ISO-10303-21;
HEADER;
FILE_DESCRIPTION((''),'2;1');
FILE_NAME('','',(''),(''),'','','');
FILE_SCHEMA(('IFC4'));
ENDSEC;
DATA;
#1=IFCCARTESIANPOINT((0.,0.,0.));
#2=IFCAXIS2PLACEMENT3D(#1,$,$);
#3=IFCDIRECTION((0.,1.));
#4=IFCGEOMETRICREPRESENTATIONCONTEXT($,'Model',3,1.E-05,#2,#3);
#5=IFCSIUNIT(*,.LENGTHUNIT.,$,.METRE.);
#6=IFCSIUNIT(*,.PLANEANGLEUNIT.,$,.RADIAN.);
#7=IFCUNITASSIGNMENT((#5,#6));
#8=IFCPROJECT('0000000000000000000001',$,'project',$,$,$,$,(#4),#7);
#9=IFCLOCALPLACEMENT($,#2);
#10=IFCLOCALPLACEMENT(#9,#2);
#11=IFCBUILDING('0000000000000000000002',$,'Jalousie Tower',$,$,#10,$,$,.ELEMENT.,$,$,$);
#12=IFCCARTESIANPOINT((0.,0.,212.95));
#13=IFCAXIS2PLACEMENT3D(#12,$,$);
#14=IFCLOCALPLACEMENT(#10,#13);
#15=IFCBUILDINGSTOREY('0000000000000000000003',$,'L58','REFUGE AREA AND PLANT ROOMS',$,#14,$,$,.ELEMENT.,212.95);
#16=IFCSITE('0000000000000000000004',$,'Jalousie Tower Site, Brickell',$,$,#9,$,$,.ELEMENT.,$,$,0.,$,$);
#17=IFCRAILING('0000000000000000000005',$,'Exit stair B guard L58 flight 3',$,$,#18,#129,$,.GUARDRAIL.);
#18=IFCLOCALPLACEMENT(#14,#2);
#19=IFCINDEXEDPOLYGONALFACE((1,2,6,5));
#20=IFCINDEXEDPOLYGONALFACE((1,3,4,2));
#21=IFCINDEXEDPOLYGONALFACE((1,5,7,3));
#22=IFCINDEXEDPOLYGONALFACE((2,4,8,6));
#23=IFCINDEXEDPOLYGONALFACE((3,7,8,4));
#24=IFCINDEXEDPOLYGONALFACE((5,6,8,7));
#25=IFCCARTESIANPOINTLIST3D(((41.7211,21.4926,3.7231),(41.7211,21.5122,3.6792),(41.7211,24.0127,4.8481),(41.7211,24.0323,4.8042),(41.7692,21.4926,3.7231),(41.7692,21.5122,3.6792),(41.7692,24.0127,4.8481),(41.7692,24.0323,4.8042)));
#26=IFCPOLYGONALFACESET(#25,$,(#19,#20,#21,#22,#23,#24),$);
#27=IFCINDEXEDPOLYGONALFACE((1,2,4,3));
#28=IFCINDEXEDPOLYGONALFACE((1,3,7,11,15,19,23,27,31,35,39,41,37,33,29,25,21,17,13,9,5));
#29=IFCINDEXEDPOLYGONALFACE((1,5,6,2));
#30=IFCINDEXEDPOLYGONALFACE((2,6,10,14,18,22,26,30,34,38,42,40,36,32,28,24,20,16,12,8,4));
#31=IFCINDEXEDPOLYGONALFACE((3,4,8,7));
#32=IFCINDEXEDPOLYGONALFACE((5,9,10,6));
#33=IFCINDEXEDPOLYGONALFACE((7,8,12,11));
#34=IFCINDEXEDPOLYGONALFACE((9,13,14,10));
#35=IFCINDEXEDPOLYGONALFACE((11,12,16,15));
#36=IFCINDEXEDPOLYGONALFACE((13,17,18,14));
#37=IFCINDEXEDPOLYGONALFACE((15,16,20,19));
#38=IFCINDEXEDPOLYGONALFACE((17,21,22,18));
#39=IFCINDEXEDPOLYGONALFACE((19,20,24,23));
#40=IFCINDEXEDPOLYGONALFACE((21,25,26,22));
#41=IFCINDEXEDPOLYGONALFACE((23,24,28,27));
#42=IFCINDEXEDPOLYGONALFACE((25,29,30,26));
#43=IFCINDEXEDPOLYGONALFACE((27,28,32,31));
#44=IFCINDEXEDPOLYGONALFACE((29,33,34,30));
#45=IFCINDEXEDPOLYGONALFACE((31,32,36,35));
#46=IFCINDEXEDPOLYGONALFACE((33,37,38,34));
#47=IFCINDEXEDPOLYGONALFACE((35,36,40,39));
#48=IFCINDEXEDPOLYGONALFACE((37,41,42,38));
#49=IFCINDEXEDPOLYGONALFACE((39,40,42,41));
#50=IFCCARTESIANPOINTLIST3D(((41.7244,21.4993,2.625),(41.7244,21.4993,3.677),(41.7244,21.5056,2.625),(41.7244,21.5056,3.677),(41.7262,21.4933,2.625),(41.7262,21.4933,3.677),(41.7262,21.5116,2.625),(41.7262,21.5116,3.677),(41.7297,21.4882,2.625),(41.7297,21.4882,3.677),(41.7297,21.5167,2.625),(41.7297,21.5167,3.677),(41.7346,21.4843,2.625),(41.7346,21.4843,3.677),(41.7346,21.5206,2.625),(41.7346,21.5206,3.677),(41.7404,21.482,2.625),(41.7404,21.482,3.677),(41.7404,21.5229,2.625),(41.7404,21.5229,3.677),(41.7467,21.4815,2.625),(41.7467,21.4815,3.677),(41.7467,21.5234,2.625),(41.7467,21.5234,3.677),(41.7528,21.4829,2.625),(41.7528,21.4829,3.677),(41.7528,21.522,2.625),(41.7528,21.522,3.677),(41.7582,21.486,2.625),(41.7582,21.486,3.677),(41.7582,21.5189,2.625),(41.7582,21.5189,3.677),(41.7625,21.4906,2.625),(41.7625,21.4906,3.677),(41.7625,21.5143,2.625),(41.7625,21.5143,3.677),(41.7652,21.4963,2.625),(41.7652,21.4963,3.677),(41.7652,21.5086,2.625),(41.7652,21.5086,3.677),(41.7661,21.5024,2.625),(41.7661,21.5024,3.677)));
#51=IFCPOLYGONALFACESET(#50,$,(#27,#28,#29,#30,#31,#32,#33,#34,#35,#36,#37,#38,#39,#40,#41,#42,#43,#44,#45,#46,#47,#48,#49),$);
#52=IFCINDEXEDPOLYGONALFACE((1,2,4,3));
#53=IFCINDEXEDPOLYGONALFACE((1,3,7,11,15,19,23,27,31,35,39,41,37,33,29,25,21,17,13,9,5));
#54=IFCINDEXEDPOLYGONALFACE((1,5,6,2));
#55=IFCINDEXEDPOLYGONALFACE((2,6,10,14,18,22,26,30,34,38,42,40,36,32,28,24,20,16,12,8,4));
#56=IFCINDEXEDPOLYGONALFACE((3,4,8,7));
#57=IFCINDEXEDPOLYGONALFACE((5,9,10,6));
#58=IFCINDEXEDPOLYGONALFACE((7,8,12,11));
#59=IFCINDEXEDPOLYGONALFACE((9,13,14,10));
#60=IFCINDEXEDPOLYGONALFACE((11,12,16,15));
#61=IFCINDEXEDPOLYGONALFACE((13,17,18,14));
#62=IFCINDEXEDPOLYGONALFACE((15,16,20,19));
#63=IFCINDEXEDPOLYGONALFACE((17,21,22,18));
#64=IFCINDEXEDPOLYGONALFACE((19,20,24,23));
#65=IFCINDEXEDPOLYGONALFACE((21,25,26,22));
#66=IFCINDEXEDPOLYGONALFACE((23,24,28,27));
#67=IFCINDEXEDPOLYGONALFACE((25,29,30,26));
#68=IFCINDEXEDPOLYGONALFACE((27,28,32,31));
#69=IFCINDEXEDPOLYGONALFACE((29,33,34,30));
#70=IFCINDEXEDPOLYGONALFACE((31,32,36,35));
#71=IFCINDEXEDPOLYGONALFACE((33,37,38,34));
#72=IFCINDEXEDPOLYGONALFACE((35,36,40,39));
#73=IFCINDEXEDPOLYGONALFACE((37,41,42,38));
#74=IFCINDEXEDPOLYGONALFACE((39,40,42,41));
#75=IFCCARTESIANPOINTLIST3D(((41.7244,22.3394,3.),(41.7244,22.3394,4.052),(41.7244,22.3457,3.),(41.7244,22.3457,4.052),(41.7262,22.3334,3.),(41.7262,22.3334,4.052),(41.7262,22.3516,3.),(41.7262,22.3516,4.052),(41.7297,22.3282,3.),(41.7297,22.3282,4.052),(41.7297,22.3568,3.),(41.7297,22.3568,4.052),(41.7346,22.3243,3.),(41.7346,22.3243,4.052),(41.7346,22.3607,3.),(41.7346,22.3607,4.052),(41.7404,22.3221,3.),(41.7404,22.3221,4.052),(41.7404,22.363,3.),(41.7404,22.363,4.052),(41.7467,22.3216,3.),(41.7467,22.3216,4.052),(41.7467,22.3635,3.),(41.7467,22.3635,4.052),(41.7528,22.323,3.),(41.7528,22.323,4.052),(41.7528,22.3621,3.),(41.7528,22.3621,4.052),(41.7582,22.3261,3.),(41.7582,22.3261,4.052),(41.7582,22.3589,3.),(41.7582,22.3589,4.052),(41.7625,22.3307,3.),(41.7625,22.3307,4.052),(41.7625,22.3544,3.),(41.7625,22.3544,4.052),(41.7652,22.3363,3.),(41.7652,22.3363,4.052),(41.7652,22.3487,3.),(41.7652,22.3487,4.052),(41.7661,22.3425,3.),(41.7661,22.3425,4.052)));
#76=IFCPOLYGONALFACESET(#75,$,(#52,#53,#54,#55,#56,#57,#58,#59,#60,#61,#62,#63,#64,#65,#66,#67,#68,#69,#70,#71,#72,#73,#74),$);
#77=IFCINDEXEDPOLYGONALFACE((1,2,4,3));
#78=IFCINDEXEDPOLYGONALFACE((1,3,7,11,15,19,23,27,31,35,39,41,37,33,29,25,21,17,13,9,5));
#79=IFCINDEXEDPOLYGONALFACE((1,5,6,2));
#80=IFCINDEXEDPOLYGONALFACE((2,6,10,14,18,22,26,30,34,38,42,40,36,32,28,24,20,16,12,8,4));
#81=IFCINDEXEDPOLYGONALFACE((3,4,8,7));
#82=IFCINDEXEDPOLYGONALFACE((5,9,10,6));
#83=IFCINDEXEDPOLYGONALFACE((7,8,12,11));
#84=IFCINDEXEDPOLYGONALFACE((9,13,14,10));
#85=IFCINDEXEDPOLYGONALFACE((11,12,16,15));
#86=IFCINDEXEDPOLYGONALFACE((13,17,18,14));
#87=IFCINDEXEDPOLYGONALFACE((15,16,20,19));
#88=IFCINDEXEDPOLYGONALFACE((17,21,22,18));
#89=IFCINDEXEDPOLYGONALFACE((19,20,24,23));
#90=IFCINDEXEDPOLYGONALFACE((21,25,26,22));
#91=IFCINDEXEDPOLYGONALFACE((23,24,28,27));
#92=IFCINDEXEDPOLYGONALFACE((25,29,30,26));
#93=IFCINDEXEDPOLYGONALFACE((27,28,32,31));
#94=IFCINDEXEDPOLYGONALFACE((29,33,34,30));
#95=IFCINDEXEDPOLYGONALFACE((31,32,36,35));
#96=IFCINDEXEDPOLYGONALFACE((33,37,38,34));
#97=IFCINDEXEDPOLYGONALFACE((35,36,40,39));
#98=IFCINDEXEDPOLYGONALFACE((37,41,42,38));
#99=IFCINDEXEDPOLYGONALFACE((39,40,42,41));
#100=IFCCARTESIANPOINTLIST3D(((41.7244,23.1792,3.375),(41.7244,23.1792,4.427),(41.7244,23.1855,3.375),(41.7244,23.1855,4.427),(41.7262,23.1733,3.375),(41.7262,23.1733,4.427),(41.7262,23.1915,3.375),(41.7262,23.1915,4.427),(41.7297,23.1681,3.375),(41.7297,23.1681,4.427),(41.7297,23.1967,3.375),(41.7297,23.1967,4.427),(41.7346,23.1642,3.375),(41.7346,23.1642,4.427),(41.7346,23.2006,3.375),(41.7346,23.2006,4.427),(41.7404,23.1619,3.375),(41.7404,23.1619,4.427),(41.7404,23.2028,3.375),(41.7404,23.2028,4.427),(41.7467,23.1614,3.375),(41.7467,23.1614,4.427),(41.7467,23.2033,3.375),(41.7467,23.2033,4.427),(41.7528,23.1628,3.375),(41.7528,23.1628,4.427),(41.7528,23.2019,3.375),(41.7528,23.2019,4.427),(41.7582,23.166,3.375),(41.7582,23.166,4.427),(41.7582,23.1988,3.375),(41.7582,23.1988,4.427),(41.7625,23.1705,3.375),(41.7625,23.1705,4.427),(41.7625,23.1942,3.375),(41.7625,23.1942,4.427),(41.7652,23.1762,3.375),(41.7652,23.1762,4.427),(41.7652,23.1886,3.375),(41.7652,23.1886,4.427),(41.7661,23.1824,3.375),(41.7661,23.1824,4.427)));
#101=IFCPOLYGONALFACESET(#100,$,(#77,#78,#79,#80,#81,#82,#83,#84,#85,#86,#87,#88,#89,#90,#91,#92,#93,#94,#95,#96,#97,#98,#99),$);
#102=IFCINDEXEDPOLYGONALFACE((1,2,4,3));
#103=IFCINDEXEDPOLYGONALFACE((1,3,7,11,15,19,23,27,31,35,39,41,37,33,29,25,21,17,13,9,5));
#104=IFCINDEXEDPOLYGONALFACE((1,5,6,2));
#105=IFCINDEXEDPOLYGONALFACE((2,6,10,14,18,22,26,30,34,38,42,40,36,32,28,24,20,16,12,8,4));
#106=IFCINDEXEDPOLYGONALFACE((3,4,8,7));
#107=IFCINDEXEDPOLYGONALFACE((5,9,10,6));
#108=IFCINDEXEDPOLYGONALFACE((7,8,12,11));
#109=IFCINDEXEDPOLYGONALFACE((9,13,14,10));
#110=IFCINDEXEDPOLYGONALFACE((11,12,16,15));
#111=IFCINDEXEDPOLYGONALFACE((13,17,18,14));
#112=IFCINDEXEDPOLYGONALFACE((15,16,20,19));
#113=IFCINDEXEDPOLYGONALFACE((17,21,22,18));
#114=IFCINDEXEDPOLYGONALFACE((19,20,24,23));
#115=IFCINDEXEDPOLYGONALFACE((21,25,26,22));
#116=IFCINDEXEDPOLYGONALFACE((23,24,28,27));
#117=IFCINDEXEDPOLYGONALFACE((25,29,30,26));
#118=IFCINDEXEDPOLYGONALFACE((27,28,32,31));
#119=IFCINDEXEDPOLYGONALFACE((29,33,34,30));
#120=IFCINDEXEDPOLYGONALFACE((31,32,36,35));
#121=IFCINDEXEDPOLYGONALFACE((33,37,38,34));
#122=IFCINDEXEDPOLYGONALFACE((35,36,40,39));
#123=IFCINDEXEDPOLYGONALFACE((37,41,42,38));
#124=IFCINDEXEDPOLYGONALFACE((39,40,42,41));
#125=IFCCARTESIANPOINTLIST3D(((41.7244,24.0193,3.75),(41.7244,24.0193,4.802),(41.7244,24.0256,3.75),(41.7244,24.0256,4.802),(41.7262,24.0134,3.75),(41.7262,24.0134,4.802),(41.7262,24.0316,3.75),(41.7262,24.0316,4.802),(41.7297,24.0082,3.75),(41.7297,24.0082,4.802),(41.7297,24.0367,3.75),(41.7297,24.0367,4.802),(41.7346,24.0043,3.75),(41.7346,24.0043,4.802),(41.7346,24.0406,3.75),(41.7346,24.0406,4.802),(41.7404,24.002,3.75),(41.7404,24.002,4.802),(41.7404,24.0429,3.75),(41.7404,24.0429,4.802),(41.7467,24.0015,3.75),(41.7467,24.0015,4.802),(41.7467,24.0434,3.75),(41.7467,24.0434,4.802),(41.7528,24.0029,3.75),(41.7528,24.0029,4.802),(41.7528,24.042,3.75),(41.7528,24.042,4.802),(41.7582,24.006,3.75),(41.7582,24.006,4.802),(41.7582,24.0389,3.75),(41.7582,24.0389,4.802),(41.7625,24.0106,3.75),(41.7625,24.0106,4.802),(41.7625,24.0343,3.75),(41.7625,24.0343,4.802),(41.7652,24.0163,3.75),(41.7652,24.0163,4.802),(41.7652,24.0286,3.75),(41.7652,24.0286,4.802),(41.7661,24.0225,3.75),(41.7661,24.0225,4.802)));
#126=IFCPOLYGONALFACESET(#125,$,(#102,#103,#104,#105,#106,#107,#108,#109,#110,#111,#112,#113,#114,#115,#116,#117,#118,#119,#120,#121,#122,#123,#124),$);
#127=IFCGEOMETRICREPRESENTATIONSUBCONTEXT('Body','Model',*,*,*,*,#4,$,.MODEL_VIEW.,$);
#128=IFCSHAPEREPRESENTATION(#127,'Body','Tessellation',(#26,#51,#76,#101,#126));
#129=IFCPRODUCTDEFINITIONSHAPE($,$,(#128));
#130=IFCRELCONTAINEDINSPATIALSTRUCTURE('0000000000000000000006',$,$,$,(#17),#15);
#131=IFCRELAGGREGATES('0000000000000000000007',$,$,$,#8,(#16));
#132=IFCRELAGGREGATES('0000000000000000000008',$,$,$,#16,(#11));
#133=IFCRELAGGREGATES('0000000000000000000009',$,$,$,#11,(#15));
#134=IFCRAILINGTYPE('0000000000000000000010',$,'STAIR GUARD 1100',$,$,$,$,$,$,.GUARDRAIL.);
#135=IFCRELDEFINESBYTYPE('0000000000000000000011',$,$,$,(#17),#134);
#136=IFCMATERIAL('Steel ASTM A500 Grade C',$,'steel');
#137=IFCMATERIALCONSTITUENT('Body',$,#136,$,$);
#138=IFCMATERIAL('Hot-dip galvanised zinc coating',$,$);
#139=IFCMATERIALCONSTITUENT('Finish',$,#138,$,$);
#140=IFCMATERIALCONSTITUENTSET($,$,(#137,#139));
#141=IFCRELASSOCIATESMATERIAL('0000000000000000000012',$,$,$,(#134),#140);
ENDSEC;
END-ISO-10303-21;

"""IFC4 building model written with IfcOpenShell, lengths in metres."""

from ifc_helpers import new_model, si_unit, direction, frame, origin, origin_2d, place, context, subcontext, project, spatial, rectangle, circle, extrude, material, constituent, constituent_set, type_object, element, save


model = new_model("IFC4")

# Units and contexts
model_context = context("Model", 3, precision=1e-05, world=origin(), true_north=direction((0.0, 1.0)))
body_context = subcontext(model_context, "Body", "Model", "MODEL_VIEW")
ifc_project = project(units=[si_unit("LENGTHUNIT", "METRE"), si_unit("PLANEANGLEUNIT", "RADIAN")], contexts=[model_context])

# Site, building, storey
site_placement = place(None, origin())
site = spatial("IfcSite", under=ifc_project, at=site_placement, Name="Jalousie Tower Site, Brickell", CompositionType="ELEMENT", RefElevation=0.0)
building_placement = place(site_placement, origin())
building = spatial("IfcBuilding", under=site, at=building_placement, Name="Jalousie Tower", CompositionType="ELEMENT")
storey_placement = place(building_placement, frame((0.0, 0.0, 212.95)))
storey = spatial("IfcBuildingStorey", under=building, at=storey_placement, Name="L58", Description="REFUGE AREA AND PLANT ROOMS", CompositionType="ELEMENT", Elevation=212.95)

# Railing
ifc_material_1 = material(Name="Steel ASTM A500 Grade C", Category="steel")
ifc_constituent_1 = constituent(ifc_material_1, Name="Body")
ifc_material_2 = material(Name="Hot-dip galvanised zinc coating")
ifc_constituent_2 = constituent(ifc_material_2, Name="Finish")
ifc_constituent_set_1 = constituent_set(constituents=[ifc_constituent_1, ifc_constituent_2])
railing_type_1 = type_object("IfcRailingType", Name="STAIR GUARD 1100", PredefinedType="GUARDRAIL", material=ifc_constituent_set_1)
railing_1_placement = place(storey_placement, frame((41.7451, 21.5024, 2.625)))
element("IfcRailing", 1, at=railing_1_placement, inside=storey, type_object=railing_type_1, Name="Exit stair B guard L58 flight 3", PredefinedType="GUARDRAIL", context=body_context, shape_type="SweptSolid", body=[
    extrude(rectangle(XDim=0.0481, YDim=0.0481, at=origin_2d()), frame((0.0, 0.0, 1.0762), z_axis=(0.0, 0.913139, 0.407648), x_axis=(-1.0, 0.0, 0.0)), (0.0, 0.0, 1.0), 2.7598),
    extrude(circle(Radius=0.021, at=origin_2d()), origin(), (0.0, 0.0, 1.0), 1.052),
    extrude(circle(Radius=0.021, at=origin_2d()), frame((0.0, 0.8401, 0.375)), (0.0, 0.0, 1.0), 1.052),
    extrude(circle(Radius=0.021, at=origin_2d()), frame((0.0, 1.6799, 0.75)), (0.0, 0.0, 1.0), 1.052),
    extrude(circle(Radius=0.021, at=origin_2d()), frame((0.0, 2.52, 1.125)), (0.0, 0.0, 1.0), 1.052),
])

save(model, "model.ifc")
